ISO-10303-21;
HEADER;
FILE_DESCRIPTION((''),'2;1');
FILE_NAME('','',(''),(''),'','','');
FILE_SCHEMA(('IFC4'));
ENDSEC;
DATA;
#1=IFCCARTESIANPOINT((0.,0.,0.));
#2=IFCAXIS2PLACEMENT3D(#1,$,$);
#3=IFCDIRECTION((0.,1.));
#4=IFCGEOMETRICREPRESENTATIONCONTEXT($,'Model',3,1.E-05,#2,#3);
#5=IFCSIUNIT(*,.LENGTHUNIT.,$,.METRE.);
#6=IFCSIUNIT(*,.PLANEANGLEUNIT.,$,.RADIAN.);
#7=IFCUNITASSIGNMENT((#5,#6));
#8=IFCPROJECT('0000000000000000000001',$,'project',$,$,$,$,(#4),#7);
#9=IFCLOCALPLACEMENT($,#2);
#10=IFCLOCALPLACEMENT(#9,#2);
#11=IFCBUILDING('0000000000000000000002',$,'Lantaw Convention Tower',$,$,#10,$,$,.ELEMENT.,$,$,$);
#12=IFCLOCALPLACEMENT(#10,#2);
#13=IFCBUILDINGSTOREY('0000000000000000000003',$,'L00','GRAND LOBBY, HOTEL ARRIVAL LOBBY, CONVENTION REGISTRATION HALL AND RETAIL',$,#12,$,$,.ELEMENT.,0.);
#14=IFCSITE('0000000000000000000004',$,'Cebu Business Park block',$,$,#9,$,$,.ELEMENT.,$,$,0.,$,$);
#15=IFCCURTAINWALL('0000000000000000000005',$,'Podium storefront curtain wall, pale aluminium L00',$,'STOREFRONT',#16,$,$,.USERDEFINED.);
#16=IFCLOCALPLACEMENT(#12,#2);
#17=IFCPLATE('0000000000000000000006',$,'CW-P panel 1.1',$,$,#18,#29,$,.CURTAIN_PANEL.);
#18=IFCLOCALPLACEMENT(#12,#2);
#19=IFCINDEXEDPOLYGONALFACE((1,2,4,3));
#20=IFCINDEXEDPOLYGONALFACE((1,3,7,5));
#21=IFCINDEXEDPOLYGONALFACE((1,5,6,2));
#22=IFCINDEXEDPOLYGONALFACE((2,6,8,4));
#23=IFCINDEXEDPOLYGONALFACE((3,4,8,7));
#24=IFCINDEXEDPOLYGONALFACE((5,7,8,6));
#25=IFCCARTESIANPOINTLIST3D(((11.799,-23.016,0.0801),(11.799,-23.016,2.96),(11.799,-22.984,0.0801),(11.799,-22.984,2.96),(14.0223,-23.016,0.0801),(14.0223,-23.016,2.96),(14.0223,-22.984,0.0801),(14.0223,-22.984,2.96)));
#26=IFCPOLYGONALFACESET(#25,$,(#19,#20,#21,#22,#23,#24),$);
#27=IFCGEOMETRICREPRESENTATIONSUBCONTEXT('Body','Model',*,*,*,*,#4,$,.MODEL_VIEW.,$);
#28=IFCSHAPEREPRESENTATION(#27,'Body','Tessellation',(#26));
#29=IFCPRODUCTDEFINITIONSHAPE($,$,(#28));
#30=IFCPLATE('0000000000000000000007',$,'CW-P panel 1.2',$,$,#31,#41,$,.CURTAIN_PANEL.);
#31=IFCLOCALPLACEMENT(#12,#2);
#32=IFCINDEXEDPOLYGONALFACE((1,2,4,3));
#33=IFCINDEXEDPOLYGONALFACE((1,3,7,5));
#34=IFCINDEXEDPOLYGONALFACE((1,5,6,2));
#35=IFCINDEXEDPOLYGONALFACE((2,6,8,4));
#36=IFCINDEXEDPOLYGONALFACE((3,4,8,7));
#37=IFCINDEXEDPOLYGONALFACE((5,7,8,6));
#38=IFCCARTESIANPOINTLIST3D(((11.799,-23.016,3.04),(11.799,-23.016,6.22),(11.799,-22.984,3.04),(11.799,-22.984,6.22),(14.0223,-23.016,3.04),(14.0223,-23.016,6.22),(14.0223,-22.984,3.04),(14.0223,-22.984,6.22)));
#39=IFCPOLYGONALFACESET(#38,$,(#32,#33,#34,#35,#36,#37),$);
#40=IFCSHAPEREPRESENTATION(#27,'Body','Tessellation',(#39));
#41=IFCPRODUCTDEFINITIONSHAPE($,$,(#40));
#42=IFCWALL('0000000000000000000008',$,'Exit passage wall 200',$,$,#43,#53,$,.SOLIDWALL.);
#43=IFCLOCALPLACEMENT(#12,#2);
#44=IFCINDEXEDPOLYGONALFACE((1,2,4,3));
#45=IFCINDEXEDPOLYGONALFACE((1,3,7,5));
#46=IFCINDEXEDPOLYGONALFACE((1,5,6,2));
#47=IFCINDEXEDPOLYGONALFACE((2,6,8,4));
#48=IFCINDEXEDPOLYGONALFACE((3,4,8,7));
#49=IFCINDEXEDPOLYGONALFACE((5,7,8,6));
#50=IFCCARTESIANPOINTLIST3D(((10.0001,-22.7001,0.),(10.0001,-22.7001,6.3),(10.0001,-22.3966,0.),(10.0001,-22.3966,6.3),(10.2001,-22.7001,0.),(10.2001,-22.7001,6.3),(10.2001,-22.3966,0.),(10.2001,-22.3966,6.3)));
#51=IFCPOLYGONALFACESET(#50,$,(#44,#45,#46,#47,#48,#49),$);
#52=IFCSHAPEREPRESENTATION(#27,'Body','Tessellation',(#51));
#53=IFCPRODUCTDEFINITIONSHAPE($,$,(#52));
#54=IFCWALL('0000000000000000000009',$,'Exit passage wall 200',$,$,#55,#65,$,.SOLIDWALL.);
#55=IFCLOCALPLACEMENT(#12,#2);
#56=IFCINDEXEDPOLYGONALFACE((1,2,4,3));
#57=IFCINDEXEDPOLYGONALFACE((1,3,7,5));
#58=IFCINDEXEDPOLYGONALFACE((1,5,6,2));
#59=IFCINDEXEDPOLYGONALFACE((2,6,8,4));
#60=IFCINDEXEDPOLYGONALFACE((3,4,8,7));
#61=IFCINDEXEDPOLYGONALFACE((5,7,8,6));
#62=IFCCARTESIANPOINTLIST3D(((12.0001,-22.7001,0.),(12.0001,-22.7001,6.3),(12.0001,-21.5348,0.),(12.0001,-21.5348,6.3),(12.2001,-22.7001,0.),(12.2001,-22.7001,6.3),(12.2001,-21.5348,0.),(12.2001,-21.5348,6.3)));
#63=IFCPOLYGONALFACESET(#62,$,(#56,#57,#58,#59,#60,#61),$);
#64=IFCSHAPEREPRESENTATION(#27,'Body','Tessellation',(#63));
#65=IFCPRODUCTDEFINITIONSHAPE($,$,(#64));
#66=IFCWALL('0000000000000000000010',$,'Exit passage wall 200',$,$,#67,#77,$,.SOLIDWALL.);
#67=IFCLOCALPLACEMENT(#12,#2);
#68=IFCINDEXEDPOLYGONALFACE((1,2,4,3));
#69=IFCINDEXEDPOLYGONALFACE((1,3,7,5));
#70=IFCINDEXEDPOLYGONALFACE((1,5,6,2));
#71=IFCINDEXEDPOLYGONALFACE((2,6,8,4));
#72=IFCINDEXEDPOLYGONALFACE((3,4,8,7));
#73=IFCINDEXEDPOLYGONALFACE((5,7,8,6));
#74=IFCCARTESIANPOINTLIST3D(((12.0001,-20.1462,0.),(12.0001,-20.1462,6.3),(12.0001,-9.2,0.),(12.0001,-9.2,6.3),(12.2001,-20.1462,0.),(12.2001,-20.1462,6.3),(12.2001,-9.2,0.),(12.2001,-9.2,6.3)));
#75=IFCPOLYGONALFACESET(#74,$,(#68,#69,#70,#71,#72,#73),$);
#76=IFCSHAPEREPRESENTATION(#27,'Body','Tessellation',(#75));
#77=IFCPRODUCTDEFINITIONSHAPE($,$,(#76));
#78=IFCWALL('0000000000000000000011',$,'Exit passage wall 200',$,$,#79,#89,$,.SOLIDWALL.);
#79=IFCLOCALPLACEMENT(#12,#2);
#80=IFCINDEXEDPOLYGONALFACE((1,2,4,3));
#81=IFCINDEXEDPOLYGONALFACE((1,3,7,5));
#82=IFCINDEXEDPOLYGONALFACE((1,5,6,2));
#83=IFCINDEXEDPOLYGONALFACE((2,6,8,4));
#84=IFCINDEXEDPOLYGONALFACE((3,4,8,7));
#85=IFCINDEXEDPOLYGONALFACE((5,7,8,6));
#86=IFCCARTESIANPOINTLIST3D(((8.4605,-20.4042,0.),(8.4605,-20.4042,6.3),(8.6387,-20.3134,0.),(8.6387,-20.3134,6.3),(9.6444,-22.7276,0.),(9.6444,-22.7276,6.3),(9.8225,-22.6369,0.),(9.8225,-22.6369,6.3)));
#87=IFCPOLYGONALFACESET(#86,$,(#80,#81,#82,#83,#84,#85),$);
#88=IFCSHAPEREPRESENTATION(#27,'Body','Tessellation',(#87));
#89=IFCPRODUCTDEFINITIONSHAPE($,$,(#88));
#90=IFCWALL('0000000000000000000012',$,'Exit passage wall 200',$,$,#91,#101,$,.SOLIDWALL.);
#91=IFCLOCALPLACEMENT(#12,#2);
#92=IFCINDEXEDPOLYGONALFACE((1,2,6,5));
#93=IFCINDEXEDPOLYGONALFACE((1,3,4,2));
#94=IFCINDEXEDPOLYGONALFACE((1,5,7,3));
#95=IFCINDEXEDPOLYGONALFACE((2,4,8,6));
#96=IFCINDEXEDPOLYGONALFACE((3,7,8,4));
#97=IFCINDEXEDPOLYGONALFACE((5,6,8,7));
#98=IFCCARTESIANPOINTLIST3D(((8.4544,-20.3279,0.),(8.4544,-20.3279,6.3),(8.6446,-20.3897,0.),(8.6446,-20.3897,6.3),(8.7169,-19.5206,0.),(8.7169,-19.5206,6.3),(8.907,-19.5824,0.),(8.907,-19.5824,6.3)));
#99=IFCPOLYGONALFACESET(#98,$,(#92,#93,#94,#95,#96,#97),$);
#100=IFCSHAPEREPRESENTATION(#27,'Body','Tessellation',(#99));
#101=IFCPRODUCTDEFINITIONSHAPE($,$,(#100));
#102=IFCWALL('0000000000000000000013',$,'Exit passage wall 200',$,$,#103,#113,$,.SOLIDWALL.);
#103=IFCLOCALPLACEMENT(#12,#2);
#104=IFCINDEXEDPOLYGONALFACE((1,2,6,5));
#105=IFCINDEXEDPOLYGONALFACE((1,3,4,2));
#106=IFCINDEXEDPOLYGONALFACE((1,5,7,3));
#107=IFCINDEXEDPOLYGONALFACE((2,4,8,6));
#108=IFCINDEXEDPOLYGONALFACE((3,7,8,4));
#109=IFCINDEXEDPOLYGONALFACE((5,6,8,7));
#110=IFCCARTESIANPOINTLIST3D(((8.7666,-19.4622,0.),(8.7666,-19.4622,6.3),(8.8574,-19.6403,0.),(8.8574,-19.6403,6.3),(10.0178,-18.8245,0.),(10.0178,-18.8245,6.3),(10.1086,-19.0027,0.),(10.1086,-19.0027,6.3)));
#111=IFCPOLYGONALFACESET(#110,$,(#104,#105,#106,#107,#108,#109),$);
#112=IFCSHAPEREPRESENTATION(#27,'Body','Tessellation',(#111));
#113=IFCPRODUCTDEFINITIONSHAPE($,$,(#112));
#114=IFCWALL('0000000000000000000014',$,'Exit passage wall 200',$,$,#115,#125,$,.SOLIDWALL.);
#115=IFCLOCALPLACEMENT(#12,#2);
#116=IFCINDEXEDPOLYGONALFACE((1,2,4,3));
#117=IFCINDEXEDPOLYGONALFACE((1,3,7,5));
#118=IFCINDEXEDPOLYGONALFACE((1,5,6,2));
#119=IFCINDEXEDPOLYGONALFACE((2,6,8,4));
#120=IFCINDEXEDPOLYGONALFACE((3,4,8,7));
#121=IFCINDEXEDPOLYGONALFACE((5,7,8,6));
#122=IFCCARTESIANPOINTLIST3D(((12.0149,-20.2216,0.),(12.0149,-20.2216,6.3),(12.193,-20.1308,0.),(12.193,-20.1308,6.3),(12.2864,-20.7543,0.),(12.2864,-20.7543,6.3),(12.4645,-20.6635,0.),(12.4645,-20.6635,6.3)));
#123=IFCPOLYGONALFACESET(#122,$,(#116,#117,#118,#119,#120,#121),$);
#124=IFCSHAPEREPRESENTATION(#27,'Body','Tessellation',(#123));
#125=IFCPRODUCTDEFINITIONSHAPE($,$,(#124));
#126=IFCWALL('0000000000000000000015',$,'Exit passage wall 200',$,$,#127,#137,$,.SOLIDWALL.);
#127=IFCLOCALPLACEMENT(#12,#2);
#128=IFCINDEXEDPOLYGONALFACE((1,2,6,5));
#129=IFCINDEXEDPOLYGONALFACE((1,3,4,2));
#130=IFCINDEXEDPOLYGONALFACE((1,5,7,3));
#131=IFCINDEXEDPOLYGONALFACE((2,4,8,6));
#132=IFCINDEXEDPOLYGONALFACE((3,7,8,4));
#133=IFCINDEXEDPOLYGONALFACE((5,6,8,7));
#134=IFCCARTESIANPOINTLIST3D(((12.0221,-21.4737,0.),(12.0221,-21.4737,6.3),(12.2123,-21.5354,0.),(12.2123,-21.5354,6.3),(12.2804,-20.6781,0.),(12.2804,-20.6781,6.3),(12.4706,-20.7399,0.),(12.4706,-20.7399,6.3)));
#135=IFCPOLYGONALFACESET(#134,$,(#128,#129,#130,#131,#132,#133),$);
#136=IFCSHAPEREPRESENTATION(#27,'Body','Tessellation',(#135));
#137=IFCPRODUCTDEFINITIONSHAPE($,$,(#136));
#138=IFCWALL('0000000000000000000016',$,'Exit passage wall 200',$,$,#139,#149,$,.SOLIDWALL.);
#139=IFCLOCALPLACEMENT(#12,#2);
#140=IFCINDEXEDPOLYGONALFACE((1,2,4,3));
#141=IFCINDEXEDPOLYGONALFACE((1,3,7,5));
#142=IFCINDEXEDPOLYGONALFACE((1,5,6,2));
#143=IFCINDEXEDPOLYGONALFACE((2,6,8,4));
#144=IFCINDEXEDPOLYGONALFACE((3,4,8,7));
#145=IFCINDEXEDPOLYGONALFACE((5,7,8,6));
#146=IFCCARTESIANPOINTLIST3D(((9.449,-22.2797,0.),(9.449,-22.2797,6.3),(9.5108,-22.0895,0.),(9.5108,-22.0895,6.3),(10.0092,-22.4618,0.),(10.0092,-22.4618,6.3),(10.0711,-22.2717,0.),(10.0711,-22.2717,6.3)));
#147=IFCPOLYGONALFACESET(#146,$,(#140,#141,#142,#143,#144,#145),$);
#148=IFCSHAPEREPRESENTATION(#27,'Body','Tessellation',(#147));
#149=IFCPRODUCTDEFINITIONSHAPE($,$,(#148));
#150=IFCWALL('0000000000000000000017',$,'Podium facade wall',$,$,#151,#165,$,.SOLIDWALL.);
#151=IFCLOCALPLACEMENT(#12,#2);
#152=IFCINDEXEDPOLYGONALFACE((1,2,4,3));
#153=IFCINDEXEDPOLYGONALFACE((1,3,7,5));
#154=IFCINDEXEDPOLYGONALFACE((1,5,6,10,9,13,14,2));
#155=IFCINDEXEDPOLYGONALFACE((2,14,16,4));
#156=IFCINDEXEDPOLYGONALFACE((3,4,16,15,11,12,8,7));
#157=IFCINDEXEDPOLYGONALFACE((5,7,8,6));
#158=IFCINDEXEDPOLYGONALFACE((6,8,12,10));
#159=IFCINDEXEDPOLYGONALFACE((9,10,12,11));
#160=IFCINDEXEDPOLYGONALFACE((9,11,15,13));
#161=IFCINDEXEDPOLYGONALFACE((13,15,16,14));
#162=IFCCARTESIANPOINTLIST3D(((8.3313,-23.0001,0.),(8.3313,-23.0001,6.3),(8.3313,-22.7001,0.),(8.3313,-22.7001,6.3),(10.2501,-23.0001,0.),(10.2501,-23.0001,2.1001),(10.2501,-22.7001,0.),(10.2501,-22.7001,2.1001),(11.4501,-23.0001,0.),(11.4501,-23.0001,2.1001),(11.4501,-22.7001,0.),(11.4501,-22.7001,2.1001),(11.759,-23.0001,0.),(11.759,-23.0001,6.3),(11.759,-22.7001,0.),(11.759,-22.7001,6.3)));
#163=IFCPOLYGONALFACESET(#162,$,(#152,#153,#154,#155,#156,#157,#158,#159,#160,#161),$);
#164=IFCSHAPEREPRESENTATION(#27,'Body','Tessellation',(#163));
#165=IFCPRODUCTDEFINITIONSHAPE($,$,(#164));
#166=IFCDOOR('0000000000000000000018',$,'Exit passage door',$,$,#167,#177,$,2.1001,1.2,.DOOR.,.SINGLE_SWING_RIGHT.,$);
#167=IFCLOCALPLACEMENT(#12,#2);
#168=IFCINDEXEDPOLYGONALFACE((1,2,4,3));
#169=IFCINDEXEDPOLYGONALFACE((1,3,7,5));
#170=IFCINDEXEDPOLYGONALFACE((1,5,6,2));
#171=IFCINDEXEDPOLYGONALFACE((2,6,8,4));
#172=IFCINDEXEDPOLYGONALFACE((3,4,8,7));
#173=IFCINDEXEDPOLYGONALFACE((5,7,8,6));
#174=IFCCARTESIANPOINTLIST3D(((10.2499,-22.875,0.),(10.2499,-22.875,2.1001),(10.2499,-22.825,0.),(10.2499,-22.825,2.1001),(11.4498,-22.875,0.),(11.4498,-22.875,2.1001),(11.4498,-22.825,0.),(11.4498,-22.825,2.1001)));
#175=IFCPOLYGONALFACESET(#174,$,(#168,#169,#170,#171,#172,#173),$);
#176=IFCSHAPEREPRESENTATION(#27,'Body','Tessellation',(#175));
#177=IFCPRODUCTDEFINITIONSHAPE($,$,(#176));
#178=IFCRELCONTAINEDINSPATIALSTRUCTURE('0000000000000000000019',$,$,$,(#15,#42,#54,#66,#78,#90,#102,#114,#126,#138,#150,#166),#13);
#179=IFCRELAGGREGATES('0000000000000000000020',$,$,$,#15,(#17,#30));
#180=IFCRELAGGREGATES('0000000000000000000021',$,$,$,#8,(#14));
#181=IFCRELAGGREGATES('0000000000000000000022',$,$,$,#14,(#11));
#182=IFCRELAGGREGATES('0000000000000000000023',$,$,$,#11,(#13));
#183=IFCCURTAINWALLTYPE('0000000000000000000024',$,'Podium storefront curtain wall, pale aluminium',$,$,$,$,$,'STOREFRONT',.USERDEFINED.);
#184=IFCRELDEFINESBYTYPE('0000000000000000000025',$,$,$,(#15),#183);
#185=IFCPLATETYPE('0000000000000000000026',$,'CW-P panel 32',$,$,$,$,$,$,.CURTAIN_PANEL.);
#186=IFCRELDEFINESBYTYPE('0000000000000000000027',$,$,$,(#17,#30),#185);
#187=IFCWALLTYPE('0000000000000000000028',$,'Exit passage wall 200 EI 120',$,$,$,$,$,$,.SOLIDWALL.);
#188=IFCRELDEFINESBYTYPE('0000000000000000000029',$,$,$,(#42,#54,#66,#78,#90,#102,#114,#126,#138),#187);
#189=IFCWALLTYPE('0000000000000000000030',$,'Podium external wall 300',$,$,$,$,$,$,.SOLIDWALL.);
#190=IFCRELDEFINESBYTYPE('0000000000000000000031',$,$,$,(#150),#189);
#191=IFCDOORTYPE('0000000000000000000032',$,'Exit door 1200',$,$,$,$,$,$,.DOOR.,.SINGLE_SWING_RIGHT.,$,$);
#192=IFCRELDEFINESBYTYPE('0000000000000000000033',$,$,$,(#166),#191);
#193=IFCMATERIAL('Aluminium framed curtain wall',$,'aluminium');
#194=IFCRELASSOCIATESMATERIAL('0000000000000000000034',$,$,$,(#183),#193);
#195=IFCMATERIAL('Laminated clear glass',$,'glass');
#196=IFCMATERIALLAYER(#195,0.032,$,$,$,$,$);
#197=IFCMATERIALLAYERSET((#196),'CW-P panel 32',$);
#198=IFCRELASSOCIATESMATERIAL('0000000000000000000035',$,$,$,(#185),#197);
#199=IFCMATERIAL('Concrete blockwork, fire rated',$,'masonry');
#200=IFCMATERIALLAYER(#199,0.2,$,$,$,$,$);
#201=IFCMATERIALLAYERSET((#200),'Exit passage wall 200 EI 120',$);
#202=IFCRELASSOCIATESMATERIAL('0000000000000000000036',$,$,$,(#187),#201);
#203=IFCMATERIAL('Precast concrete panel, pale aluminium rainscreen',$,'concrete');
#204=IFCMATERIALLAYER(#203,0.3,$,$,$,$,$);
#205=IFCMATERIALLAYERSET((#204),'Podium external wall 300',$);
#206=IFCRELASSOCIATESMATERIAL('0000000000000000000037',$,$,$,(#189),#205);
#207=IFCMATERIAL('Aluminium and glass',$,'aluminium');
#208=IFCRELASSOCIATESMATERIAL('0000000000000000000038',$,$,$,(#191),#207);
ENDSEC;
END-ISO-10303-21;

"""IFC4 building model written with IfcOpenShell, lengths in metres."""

from ifc_helpers import new_model, si_unit, direction, frame, frame_2d, origin, origin_2d, place, context, subcontext, project, spatial, rectangle, extrude, material, layer, layer_set, type_object, element, fill, aggregate, save


model = new_model("IFC4")

# Units and contexts
model_context = context("Model", 3, precision=1e-05, world=origin(), true_north=direction((0.0, 1.0)))
body_context = subcontext(model_context, "Body", "Model", "MODEL_VIEW")
ifc_project = project(units=[si_unit("LENGTHUNIT", "METRE"), si_unit("PLANEANGLEUNIT", "RADIAN")], contexts=[model_context])

# Site, building, storey
site_placement = place(None, origin())
site = spatial("IfcSite", under=ifc_project, at=site_placement, Name="Cebu Business Park block", CompositionType="ELEMENT", RefElevation=0.0)
building_placement = place(site_placement, origin())
building = spatial("IfcBuilding", under=site, at=building_placement, Name="Lantaw Convention Tower", CompositionType="ELEMENT")
storey_placement = place(building_placement, origin())
storey = spatial("IfcBuildingStorey", under=building, at=storey_placement, Name="L00", Description="GRAND LOBBY, HOTEL ARRIVAL LOBBY, CONVENTION REGISTRATION HALL AND RETAIL", CompositionType="ELEMENT", Elevation=0.0)

# Shared definitions
ifc_material_1 = material(Name="Aluminium framed curtain wall", Category="aluminium")
curtain_wall_type = type_object("IfcCurtainWallType", Name="Podium storefront curtain wall, pale aluminium", ElementType="STOREFRONT", PredefinedType="USERDEFINED", material=ifc_material_1)

# Curtain wall
curtain_wall_1_placement = place(storey_placement, origin())
curtain_wall_1 = element("IfcCurtainWall", 1, at=curtain_wall_1_placement, inside=storey, type_object=curtain_wall_type, Name="Podium storefront curtain wall, pale aluminium L00", ObjectType="STOREFRONT", PredefinedType="USERDEFINED")

# Plates
ifc_material_2 = material(Name="Laminated clear glass", Category="glass")
ifc_layer_1 = layer(ifc_material_2, 0.032)
ifc_layer_set_1 = layer_set([ifc_layer_1], Name="CW-P panel 32")
plate_type = type_object("IfcPlateType", Name="CW-P panel 32", PredefinedType="CURTAIN_PANEL", material=ifc_layer_set_1)
plate_1_placement = place(storey_placement, frame((12.9106, -23.0, 0.0801), z_axis=(0.0, 0.0, 1.0), x_axis=(1.0, 0.0, 0.0)))
plate_1 = element("IfcPlate", 2, at=plate_1_placement, type_object=plate_type, Name="CW-P panel 1.1", PredefinedType="CURTAIN_PANEL", context=body_context, shape_type="SweptSolid", body=[
    extrude(rectangle(XDim=2.2234, YDim=0.032, at=origin_2d()), origin(), (0.0, 0.0, 1.0), 2.8799),
])
plate_2_placement = place(storey_placement, frame((12.9106, -23.0, 3.04), z_axis=(0.0, 0.0, 1.0), x_axis=(1.0, 0.0, 0.0)))
plate_2 = element("IfcPlate", 3, at=plate_2_placement, type_object=plate_type, Name="CW-P panel 1.2", PredefinedType="CURTAIN_PANEL", context=body_context, shape_type="SweptSolid", body=[
    extrude(rectangle(XDim=2.2234, YDim=0.032, at=origin_2d()), origin(), (0.0, 0.0, 1.0), 3.1799),
])
aggregate(curtain_wall_1, [plate_1, plate_2])

# Walls
ifc_material_3 = material(Name="Concrete blockwork, fire rated", Category="masonry")
ifc_layer_2 = layer(ifc_material_3, 0.2)
ifc_layer_set_2 = layer_set([ifc_layer_2], Name="Exit passage wall 200 EI 120")
wall_type_1 = type_object("IfcWallType", Name="Exit passage wall 200 EI 120", PredefinedType="SOLIDWALL", material=ifc_layer_set_2)
wall_1_placement = place(storey_placement, frame((10.1001, -22.3965, 0.0), z_axis=(0.0, 0.0, 1.0), x_axis=(0.0, -1.0, 0.0)))
element("IfcWall", 4, at=wall_1_placement, inside=storey, type_object=wall_type_1, Name="Exit passage wall 200", PredefinedType="SOLIDWALL", context=body_context, shape_type="SweptSolid", body=[
    extrude(rectangle(XDim=0.3035, YDim=0.2, at=frame_2d((0.1519, 0.0))), origin(), (0.0, 0.0, 1.0), 6.3),
])
wall_2_placement = place(storey_placement, frame((12.1001, -22.7, 0.0), z_axis=(0.0, 0.0, 1.0), x_axis=(0.0, 1.0, 0.0)))
element("IfcWall", 5, at=wall_2_placement, inside=storey, type_object=wall_type_1, Name="Exit passage wall 200", PredefinedType="SOLIDWALL", context=body_context, shape_type="SweptSolid", body=[
    extrude(rectangle(XDim=1.1653, YDim=0.2, at=frame_2d((0.5825, 0.0))), origin(), (0.0, 0.0, 1.0), 6.3),
])
wall_3_placement = place(storey_placement, frame((12.1001, -20.1462, 0.0), z_axis=(0.0, 0.0, 1.0), x_axis=(0.0, 1.0, 0.0)))
element("IfcWall", 6, at=wall_3_placement, inside=storey, type_object=wall_type_1, Name="Exit passage wall 200", PredefinedType="SOLIDWALL", context=body_context, shape_type="SweptSolid", body=[
    extrude(rectangle(XDim=10.9463, YDim=0.2, at=frame_2d((5.4731, 0.0))), origin(), (0.0, 0.0, 1.0), 6.3),
])
wall_4_placement = place(storey_placement, frame((9.7334, -22.6821, 0.0), z_axis=(0.0, 0.0, 1.0), x_axis=(-0.453979, 0.891012, 0.0)))
element("IfcWall", 7, at=wall_4_placement, inside=storey, type_object=wall_type_1, Name="Exit passage wall 200", PredefinedType="SOLIDWALL", context=body_context, shape_type="SweptSolid", body=[
    extrude(rectangle(XDim=2.6077, YDim=0.2, at=frame_2d((1.3037, 0.0))), origin(), (0.0, 0.0, 1.0), 6.3),
])
wall_5_placement = place(storey_placement, frame((8.5496, -20.3586, 0.0), z_axis=(0.0, 0.0, 1.0), x_axis=(0.309145, 0.951015, 0.0)))
element("IfcWall", 8, at=wall_5_placement, inside=storey, type_object=wall_type_1, Name="Exit passage wall 200", PredefinedType="SOLIDWALL", context=body_context, shape_type="SweptSolid", body=[
    extrude(rectangle(XDim=0.8489, YDim=0.2, at=frame_2d((0.4243, 0.0))), origin(), (0.0, 0.0, 1.0), 6.3),
])
wall_6_placement = place(storey_placement, frame((8.812, -19.5513, 0.0), z_axis=(0.0, 0.0, 1.0), x_axis=(0.890959, 0.454085, 0.0)))
element("IfcWall", 9, at=wall_6_placement, inside=storey, type_object=wall_type_1, Name="Exit passage wall 200", PredefinedType="SOLIDWALL", context=body_context, shape_type="SweptSolid", body=[
    extrude(rectangle(XDim=1.4043, YDim=0.2, at=frame_2d((0.7021, 0.0))), origin(), (0.0, 0.0, 1.0), 6.3),
])
wall_7_placement = place(storey_placement, frame((12.104, -20.1763, 0.0), z_axis=(0.0, 0.0, 1.0), x_axis=(0.45406, -0.890971, 0.0)))
element("IfcWall", 10, at=wall_7_placement, inside=storey, type_object=wall_type_1, Name="Exit passage wall 200", PredefinedType="SOLIDWALL", context=body_context, shape_type="SweptSolid", body=[
    extrude(rectangle(XDim=0.5979, YDim=0.2, at=frame_2d((0.2988, 0.0))), origin(), (0.0, 0.0, 1.0), 6.3),
])
wall_8_placement = place(storey_placement, frame((12.3755, -20.709, 0.0), z_axis=(0.0, 0.0, 1.0), x_axis=(-0.308776, -0.951135, 0.0)))
element("IfcWall", 11, at=wall_8_placement, inside=storey, type_object=wall_type_1, Name="Exit passage wall 200", PredefinedType="SOLIDWALL", context=body_context, shape_type="SweptSolid", body=[
    extrude(rectangle(XDim=0.8364, YDim=0.2, at=frame_2d((0.4182, 0.0))), origin(), (0.0, 0.0, 1.0), 6.3),
])
wall_9_placement = place(storey_placement, frame((10.04, -22.3667, 0.0), z_axis=(0.0, 0.0, 1.0), x_axis=(-0.951019, 0.309133, 0.0)))
element("IfcWall", 12, at=wall_9_placement, inside=storey, type_object=wall_type_1, Name="Exit passage wall 200", PredefinedType="SOLIDWALL", context=body_context, shape_type="SweptSolid", body=[
    extrude(rectangle(XDim=0.5891, YDim=0.2, at=frame_2d((0.2944, 0.0))), origin(), (0.0, 0.0, 1.0), 6.3),
])

# Wall, opening, door
ifc_material_4 = material(Name="Precast concrete panel, pale aluminium rainscreen", Category="concrete")
ifc_layer_3 = layer(ifc_material_4, 0.3)
ifc_layer_set_3 = layer_set([ifc_layer_3], Name="Podium external wall 300")
wall_type_2 = type_object("IfcWallType", Name="Podium external wall 300", PredefinedType="SOLIDWALL", material=ifc_layer_set_3)
wall_10_placement = place(storey_placement, frame((8.3313, -22.8501, 0.0), z_axis=(0.0, 0.0, 1.0), x_axis=(1.0, 0.0, 0.0)))
wall_10 = element("IfcWall", 13, at=wall_10_placement, inside=storey, type_object=wall_type_2, Name="Podium facade wall", PredefinedType="SOLIDWALL", context=body_context, shape_type="SweptSolid", body=[
    extrude(rectangle(XDim=3.4277, YDim=0.3, at=frame_2d((1.7139, 0.0))), origin(), (0.0, 0.0, 1.0), 6.3),
])
opening_placement = place(wall_10_placement, frame((1.9187, 0.0, 0.0)))
opening = element("IfcOpeningElement", 14, at=opening_placement, cuts=wall_10, PredefinedType="OPENING", context=body_context, shape_type="SweptSolid", body=[
    extrude(rectangle(XDim=1.2, YDim=2.1001, at=frame_2d((0.6001, 1.05))), frame((0.0, 0.1599, 0.0), z_axis=(0.0, -1.0, 0.0), x_axis=(1.0, 0.0, 0.0)), (0.0, 0.0, 1.0), 0.3201),
])
ifc_material_5 = material(Name="Aluminium and glass", Category="aluminium")
door_type = type_object("IfcDoorType", Name="Exit door 1200", OperationType="SINGLE_SWING_RIGHT", PredefinedType="DOOR", material=ifc_material_5)
door_placement = place(opening_placement, frame((1.2, 0.0, 0.0), z_axis=(0.0, 0.0, 1.0), x_axis=(-1.0, 0.0, 0.0)))
door = element("IfcDoor", 15, at=door_placement, inside=storey, type_object=door_type, Name="Exit passage door", OperationType="SINGLE_SWING_RIGHT", OverallHeight=2.1001, OverallWidth=1.2, PredefinedType="DOOR", context=body_context, shape_type="SweptSolid", body=[
    extrude(rectangle(XDim=1.2, YDim=2.1001, at=frame_2d((0.6001, 1.05))), frame((0.0, 0.0249, 0.0), z_axis=(0.0, -1.0, 0.0), x_axis=(1.0, 0.0, 0.0)), (0.0, 0.0, 1.0), 0.05),
])
fill(opening, door)

save(model, "model.ifc")
